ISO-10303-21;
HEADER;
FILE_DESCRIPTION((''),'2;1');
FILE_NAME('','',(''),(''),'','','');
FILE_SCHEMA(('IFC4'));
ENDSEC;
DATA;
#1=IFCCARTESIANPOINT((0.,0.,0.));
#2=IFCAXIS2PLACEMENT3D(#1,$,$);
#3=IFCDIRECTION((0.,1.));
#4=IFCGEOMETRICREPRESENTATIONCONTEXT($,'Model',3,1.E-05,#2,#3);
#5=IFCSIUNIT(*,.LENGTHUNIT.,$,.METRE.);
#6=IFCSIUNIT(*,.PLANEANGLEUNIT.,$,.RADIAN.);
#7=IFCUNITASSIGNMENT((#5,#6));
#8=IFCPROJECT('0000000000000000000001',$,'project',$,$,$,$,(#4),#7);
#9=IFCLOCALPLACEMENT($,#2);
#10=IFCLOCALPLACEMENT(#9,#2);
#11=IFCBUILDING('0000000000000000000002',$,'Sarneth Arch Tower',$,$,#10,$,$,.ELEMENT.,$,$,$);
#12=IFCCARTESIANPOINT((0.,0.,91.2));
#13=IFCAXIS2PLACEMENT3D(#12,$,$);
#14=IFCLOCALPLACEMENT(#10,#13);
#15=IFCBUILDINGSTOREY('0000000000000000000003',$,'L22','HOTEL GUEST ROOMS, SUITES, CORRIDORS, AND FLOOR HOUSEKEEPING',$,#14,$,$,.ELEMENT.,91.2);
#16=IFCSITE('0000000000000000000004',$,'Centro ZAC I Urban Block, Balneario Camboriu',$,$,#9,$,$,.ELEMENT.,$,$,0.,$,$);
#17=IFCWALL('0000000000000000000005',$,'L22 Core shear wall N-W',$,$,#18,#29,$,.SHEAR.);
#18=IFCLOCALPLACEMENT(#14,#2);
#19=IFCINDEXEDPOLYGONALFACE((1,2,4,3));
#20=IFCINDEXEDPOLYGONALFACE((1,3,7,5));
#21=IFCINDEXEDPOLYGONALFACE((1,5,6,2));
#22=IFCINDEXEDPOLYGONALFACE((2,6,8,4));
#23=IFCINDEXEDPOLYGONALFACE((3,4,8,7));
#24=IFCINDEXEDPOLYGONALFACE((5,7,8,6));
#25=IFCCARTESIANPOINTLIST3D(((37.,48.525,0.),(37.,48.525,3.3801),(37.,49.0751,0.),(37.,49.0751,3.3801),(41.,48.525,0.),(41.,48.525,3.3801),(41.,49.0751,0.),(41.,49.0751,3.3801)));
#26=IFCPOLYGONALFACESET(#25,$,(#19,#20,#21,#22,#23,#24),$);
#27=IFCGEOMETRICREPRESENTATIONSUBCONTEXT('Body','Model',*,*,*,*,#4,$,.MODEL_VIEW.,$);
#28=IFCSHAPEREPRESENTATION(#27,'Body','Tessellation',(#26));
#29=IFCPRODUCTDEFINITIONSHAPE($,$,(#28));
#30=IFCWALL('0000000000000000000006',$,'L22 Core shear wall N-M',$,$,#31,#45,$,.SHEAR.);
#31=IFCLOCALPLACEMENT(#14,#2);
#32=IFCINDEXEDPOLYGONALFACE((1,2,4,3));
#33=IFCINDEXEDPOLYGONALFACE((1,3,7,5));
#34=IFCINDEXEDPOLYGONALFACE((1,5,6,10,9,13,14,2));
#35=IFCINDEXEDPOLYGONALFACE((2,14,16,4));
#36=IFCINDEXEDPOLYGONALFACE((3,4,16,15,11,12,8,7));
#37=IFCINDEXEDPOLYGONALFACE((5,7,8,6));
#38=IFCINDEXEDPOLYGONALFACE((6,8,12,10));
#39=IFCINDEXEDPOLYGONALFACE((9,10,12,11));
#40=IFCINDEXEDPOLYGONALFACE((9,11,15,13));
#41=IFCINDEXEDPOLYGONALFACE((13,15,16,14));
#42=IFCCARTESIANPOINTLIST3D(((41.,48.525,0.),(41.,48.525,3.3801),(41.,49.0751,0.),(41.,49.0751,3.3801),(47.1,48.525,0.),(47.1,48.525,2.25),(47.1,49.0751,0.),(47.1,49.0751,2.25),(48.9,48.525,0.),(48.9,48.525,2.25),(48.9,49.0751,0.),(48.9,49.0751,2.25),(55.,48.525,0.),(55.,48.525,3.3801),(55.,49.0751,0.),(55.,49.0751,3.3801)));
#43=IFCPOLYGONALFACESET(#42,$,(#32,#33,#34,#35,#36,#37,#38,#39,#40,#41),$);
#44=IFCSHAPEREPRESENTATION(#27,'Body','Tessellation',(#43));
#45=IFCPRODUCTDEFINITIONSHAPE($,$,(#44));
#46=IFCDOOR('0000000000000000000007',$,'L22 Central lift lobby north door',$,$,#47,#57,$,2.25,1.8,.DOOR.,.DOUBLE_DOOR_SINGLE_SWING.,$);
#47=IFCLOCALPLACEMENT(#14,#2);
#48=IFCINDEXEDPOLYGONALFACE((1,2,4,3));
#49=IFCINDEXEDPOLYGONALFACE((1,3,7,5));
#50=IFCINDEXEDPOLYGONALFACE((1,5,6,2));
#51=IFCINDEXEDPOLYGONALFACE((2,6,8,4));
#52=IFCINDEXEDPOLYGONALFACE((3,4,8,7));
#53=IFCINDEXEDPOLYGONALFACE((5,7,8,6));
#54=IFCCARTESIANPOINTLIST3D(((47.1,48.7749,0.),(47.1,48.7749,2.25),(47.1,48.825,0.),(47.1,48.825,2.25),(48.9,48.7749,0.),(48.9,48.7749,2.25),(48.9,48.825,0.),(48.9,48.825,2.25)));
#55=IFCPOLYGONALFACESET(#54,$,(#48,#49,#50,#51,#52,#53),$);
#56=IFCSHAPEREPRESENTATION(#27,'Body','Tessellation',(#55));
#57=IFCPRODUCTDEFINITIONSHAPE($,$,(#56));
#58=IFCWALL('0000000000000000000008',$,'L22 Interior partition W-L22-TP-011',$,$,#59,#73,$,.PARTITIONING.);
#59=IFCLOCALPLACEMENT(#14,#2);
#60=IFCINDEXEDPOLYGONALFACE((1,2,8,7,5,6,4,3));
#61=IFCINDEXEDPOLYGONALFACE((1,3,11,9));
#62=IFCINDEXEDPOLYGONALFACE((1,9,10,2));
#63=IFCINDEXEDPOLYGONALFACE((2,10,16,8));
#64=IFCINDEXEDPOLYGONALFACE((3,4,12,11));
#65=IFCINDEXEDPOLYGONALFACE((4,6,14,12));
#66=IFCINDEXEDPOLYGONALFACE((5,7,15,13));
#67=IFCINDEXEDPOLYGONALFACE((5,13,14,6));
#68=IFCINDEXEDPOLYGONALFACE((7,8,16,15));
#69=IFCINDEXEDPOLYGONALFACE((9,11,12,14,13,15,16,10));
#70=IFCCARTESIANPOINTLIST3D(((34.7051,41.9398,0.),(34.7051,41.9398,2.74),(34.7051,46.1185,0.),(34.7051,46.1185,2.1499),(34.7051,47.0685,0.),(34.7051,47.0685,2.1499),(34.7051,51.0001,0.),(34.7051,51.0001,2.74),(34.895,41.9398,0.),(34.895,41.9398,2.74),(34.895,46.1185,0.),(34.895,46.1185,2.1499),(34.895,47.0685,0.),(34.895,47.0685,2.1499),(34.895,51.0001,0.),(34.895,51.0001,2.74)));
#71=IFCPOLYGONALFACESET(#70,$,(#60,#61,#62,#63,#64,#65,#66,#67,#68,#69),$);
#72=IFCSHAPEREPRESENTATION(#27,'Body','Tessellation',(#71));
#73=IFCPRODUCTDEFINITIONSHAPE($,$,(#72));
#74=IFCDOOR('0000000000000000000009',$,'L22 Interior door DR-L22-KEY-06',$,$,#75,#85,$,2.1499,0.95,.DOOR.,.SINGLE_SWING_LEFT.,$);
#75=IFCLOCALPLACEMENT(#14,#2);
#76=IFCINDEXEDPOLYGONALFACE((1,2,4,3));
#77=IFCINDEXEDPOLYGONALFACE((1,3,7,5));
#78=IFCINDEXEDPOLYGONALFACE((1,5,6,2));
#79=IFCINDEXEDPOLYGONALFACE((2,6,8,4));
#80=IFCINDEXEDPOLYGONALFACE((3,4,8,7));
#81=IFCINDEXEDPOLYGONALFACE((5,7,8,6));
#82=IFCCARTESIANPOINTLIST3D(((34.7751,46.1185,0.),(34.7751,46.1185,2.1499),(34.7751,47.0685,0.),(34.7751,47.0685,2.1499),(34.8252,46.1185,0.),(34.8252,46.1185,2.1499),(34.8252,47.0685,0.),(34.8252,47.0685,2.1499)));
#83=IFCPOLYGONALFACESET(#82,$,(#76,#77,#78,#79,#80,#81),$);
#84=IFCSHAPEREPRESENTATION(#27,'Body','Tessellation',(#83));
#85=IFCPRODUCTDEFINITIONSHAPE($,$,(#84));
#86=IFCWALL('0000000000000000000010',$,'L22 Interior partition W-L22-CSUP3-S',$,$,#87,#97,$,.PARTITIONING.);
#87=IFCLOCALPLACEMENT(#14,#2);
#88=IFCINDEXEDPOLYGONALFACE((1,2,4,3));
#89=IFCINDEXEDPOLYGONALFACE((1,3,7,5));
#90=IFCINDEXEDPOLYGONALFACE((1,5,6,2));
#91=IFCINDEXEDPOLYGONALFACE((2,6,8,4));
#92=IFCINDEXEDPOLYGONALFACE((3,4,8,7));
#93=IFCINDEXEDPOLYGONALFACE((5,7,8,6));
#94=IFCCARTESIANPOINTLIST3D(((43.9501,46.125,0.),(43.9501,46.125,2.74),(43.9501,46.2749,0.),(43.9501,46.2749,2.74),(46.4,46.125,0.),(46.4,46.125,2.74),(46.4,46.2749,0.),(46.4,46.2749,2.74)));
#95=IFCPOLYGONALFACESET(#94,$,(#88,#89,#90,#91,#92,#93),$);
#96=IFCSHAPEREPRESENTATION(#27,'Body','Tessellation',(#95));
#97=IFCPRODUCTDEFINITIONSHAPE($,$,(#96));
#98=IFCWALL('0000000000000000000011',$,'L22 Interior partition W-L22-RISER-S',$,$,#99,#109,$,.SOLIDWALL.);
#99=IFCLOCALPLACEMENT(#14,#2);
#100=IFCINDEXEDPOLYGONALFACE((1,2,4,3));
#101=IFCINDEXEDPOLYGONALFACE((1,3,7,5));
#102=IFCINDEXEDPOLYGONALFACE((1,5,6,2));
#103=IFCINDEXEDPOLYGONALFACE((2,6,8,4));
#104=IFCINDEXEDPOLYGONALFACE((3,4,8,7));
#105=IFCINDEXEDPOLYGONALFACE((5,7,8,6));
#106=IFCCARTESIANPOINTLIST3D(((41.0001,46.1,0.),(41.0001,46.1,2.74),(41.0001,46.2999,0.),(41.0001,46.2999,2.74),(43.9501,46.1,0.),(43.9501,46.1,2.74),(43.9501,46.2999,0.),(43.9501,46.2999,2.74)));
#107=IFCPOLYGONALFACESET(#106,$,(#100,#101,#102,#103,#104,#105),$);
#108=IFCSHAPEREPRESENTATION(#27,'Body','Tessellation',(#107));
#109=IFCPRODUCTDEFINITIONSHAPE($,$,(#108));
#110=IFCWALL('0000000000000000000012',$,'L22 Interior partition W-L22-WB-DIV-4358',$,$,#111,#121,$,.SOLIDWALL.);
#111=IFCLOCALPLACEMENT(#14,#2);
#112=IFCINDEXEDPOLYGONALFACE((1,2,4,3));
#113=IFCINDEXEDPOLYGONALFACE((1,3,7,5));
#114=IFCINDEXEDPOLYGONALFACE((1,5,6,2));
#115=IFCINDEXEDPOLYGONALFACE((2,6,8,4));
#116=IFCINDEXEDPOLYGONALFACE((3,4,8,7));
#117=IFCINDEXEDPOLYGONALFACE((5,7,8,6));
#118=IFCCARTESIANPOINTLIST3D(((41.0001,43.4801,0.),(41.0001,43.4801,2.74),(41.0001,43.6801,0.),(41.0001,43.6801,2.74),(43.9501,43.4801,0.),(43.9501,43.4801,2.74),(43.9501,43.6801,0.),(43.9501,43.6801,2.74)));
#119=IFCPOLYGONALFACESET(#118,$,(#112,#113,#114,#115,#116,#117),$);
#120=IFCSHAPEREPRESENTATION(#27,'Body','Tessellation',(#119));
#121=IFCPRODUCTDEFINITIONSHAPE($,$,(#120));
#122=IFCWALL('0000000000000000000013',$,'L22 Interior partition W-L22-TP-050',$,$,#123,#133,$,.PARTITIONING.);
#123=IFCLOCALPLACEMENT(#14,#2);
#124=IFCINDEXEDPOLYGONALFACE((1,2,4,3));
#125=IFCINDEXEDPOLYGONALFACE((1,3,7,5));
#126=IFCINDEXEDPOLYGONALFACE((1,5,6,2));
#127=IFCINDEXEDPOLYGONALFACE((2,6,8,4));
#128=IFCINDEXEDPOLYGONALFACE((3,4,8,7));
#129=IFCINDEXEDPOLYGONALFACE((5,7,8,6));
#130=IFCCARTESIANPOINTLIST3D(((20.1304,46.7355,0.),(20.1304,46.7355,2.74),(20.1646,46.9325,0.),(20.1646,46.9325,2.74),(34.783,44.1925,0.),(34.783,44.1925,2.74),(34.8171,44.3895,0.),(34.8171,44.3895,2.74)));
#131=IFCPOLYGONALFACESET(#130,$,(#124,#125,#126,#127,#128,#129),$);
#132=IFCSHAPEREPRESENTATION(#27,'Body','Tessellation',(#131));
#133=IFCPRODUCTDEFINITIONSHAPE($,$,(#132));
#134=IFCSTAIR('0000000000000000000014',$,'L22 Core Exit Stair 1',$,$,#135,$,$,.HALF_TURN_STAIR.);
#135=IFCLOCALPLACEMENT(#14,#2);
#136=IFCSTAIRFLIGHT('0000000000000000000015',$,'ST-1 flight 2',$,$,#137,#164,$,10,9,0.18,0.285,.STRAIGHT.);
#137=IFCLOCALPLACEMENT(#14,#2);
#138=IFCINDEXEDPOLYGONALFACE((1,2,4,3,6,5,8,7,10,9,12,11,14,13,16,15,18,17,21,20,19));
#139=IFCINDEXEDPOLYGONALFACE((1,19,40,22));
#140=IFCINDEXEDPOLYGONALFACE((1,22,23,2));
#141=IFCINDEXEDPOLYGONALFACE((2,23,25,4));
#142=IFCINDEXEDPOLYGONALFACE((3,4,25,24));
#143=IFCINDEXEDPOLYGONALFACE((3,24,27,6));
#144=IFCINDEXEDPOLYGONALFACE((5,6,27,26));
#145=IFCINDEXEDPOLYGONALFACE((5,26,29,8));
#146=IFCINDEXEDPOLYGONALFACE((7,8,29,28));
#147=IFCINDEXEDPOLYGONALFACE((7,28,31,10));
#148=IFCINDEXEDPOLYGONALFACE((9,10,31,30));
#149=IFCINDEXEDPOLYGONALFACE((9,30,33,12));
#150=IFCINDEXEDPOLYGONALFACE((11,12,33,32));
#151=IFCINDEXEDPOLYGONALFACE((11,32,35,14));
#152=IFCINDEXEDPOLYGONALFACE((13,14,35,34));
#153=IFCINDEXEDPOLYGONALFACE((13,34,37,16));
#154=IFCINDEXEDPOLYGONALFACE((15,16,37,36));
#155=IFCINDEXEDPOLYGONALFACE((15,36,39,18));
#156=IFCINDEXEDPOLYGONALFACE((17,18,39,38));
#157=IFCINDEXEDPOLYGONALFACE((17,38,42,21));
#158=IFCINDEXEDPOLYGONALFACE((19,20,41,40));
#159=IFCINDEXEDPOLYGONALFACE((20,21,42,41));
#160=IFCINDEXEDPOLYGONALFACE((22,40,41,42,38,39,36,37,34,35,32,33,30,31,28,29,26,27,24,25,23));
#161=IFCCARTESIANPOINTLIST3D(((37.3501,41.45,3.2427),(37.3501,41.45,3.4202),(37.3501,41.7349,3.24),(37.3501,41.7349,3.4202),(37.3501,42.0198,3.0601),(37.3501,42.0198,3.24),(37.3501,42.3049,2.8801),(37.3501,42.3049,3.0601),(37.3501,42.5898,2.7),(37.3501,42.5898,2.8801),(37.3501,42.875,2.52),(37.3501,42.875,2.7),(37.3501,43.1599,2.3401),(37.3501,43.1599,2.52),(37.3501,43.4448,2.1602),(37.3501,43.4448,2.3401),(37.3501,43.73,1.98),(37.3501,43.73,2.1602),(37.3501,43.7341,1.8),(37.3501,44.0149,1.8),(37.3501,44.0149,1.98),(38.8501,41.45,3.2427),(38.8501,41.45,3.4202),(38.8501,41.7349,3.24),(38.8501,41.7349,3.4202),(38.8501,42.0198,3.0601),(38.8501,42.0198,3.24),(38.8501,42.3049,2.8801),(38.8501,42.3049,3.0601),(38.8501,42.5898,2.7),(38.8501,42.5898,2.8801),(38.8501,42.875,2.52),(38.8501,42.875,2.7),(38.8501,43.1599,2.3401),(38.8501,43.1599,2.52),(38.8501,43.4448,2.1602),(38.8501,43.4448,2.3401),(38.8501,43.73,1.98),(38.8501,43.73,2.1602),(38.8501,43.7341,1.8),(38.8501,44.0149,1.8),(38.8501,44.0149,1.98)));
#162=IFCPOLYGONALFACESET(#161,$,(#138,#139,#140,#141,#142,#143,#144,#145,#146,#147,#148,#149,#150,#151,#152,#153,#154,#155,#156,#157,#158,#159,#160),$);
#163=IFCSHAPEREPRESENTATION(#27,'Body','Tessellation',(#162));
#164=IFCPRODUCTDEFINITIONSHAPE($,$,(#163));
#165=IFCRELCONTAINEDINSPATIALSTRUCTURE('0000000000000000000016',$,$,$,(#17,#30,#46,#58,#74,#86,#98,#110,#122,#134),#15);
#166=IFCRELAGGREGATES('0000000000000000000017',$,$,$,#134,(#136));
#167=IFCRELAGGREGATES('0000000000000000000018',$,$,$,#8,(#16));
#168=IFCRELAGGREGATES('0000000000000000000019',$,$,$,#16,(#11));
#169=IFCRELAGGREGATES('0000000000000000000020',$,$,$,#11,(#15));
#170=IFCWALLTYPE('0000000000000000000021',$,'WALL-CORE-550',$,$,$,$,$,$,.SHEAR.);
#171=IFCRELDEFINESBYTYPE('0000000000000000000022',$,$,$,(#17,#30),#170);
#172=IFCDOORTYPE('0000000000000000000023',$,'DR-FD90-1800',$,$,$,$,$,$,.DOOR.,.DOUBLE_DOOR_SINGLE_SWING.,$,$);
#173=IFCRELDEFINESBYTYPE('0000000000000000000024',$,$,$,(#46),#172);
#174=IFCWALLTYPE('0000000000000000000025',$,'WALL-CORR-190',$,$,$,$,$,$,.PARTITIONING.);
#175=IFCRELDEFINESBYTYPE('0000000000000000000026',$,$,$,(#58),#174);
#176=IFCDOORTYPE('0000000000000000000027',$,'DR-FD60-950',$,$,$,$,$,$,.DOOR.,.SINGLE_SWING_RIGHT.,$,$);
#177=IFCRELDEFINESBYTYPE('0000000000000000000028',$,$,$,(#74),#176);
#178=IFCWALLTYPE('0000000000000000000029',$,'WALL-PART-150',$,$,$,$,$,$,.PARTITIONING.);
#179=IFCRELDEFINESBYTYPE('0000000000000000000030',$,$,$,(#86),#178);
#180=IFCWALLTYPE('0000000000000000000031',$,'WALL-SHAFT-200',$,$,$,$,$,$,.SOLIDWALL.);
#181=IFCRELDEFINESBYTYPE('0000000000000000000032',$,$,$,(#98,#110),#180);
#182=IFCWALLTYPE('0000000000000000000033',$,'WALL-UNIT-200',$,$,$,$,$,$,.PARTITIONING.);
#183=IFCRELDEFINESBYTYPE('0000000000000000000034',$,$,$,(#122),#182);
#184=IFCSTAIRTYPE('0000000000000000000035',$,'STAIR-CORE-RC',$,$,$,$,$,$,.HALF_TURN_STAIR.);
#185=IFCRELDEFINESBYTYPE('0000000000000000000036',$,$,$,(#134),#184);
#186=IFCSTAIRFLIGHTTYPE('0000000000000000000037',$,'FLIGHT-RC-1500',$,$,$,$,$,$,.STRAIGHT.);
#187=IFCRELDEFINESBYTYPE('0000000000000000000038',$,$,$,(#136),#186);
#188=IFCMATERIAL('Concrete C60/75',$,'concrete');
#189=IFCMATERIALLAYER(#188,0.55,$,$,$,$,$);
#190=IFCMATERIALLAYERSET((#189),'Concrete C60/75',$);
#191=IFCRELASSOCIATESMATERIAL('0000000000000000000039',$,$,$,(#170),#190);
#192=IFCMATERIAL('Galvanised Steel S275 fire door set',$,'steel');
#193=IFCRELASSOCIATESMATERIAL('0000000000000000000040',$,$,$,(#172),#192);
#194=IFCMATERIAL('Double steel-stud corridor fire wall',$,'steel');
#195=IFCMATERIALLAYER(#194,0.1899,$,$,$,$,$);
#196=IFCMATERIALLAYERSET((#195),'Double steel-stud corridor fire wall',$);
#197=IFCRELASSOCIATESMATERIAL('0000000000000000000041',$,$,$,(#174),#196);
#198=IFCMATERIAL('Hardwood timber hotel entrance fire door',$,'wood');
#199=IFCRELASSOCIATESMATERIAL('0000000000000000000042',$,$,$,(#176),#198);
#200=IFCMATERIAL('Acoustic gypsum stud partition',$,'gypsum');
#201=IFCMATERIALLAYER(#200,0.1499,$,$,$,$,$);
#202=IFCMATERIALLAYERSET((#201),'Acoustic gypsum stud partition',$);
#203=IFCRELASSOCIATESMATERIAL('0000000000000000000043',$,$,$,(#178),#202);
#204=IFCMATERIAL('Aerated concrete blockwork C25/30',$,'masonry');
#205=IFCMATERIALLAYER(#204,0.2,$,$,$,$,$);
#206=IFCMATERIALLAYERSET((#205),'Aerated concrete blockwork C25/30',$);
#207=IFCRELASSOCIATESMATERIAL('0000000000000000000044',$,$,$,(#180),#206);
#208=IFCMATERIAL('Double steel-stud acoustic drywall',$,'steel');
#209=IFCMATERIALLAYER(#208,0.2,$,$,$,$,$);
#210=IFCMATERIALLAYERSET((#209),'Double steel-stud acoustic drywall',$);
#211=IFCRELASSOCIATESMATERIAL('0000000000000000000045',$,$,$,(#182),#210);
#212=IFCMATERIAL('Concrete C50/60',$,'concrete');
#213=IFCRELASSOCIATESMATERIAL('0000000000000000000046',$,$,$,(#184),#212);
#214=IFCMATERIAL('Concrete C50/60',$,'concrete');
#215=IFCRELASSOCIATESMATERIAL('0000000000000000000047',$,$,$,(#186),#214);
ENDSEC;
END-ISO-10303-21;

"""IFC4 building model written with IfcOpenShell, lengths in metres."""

from ifc_helpers import new_model, si_unit, direction, frame, frame_2d, origin, place, context, subcontext, project, spatial, polyline, rectangle, outline, extrude, material, layer, layer_set, type_object, element, fill, aggregate, save


model = new_model("IFC4")

# Units and contexts
model_context = context("Model", 3, precision=1e-05, world=origin(), true_north=direction((0.0, 1.0)))
body_context = subcontext(model_context, "Body", "Model", "MODEL_VIEW")
ifc_project = project(units=[si_unit("LENGTHUNIT", "METRE"), si_unit("PLANEANGLEUNIT", "RADIAN")], contexts=[model_context])

# Site, building, storey
site_placement = place(None, origin())
site = spatial("IfcSite", under=ifc_project, at=site_placement, Name="Centro ZAC I Urban Block, Balneario Camboriu", CompositionType="ELEMENT", RefElevation=0.0)
building_placement = place(site_placement, origin())
building = spatial("IfcBuilding", under=site, at=building_placement, Name="Sarneth Arch Tower", CompositionType="ELEMENT")
storey_placement = place(building_placement, frame((0.0, 0.0, 91.2)))
storey = spatial("IfcBuildingStorey", under=building, at=storey_placement, Name="L22", Description="HOTEL GUEST ROOMS, SUITES, CORRIDORS, AND FLOOR HOUSEKEEPING", CompositionType="ELEMENT", Elevation=91.2)

# Wall
ifc_material_1 = material(Name="Concrete C60/75", Category="concrete")
ifc_layer_1 = layer(ifc_material_1, 0.55)
ifc_layer_set_1 = layer_set([ifc_layer_1], Name="Concrete C60/75")
wall_type_1 = type_object("IfcWallType", Name="WALL-CORE-550", PredefinedType="SHEAR", material=ifc_layer_set_1)
wall_1_placement = place(storey_placement, frame((37.0, 48.8, 0.0), z_axis=(0.0, 0.0, 1.0), x_axis=(1.0, 0.0, 0.0)))
element("IfcWall", 1, at=wall_1_placement, inside=storey, type_object=wall_type_1, Name="L22 Core shear wall N-W", PredefinedType="SHEAR", context=body_context, shape_type="SweptSolid", body=[
    extrude(rectangle(XDim=4.0, YDim=0.55, at=frame_2d((2.0, 0.0))), origin(), (0.0, 0.0, 1.0), 3.3801),
])

# Walls, openings, doors
wall_2_placement = place(storey_placement, frame((41.0, 48.8, 0.0), z_axis=(0.0, 0.0, 1.0), x_axis=(1.0, 0.0, 0.0)))
wall_2 = element("IfcWall", 2, at=wall_2_placement, inside=storey, type_object=wall_type_1, Name="L22 Core shear wall N-M", PredefinedType="SHEAR", context=body_context, shape_type="SweptSolid", body=[
    extrude(rectangle(XDim=14.0, YDim=0.55, at=frame_2d((7.0, 0.0))), origin(), (0.0, 0.0, 1.0), 3.3801),
])
opening_1_placement = place(wall_2_placement, frame((6.1001, 0.0, 0.0)))
opening_1 = element("IfcOpeningElement", 3, at=opening_1_placement, cuts=wall_2, PredefinedType="OPENING", context=body_context, shape_type="SweptSolid", body=[
    extrude(rectangle(XDim=1.8, YDim=2.25, at=frame_2d((0.8999, 1.125))), frame((0.0, 0.2849, 0.0), z_axis=(0.0, -1.0, 0.0), x_axis=(1.0, 0.0, 0.0)), (0.0, 0.0, 1.0), 0.5701),
])
ifc_material_2 = material(Name="Galvanised Steel S275 fire door set", Category="steel")
door_type_1 = type_object("IfcDoorType", Name="DR-FD90-1800", OperationType="DOUBLE_DOOR_SINGLE_SWING", PredefinedType="DOOR", material=ifc_material_2)
door_1_placement = place(opening_1_placement, origin())
door_1 = element("IfcDoor", 4, at=door_1_placement, inside=storey, type_object=door_type_1, Name="L22 Central lift lobby north door", OperationType="DOUBLE_DOOR_SINGLE_SWING", OverallHeight=2.25, OverallWidth=1.8, PredefinedType="DOOR", context=body_context, shape_type="SweptSolid", body=[
    extrude(rectangle(XDim=1.8, YDim=2.25, at=frame_2d((0.8999, 1.125))), frame((0.0, 0.0249, 0.0), z_axis=(0.0, -1.0, 0.0), x_axis=(1.0, 0.0, 0.0)), (0.0, 0.0, 1.0), 0.05),
])
fill(opening_1, door_1)
ifc_material_3 = material(Name="Double steel-stud corridor fire wall", Category="steel")
ifc_layer_2 = layer(ifc_material_3, 0.1899)
ifc_layer_set_2 = layer_set([ifc_layer_2], Name="Double steel-stud corridor fire wall")
wall_type_2 = type_object("IfcWallType", Name="WALL-CORR-190", PredefinedType="PARTITIONING", material=ifc_layer_set_2)
wall_3_placement = place(storey_placement, frame((34.8, 41.9397, 0.0), z_axis=(0.0, 0.0, 1.0), x_axis=(0.0, 1.0, 0.0)))
wall_3 = element("IfcWall", 5, at=wall_3_placement, inside=storey, type_object=wall_type_2, Name="L22 Interior partition W-L22-TP-011", PredefinedType="PARTITIONING", context=body_context, shape_type="SweptSolid", body=[
    extrude(rectangle(XDim=9.0603, YDim=0.1899, at=frame_2d((4.5303, 0.0))), origin(), (0.0, 0.0, 1.0), 2.74),
])
opening_2_placement = place(wall_3_placement, frame((4.1787, 0.0, 0.0)))
opening_2 = element("IfcOpeningElement", 6, at=opening_2_placement, cuts=wall_3, PredefinedType="OPENING", context=body_context, shape_type="SweptSolid", body=[
    extrude(rectangle(XDim=0.95, YDim=2.1499, at=frame_2d((0.4751, 1.075))), frame((0.0, 0.105, 0.0), z_axis=(0.0, -1.0, 0.0), x_axis=(1.0, 0.0, 0.0)), (0.0, 0.0, 1.0), 0.21),
])
ifc_material_4 = material(Name="Hardwood timber hotel entrance fire door", Category="wood")
door_type_2 = type_object("IfcDoorType", Name="DR-FD60-950", OperationType="SINGLE_SWING_RIGHT", PredefinedType="DOOR", material=ifc_material_4)
door_2_placement = place(opening_2_placement, origin())
door_2 = element("IfcDoor", 7, at=door_2_placement, inside=storey, type_object=door_type_2, Name="L22 Interior door DR-L22-KEY-06", OperationType="SINGLE_SWING_LEFT", OverallHeight=2.1499, OverallWidth=0.95, PredefinedType="DOOR", context=body_context, shape_type="SweptSolid", body=[
    extrude(rectangle(XDim=0.95, YDim=2.1499, at=frame_2d((0.4751, 1.075))), frame((0.0, 0.0249, 0.0), z_axis=(0.0, -1.0, 0.0), x_axis=(1.0, 0.0, 0.0)), (0.0, 0.0, 1.0), 0.05),
])
fill(opening_2, door_2)

# Wall
ifc_material_5 = material(Name="Acoustic gypsum stud partition", Category="gypsum")
ifc_layer_3 = layer(ifc_material_5, 0.1499)
ifc_layer_set_3 = layer_set([ifc_layer_3], Name="Acoustic gypsum stud partition")
wall_type_3 = type_object("IfcWallType", Name="WALL-PART-150", PredefinedType="PARTITIONING", material=ifc_layer_set_3)
wall_4_placement = place(storey_placement, frame((43.95, 46.2, 0.0), z_axis=(0.0, 0.0, 1.0), x_axis=(1.0, 0.0, 0.0)))
element("IfcWall", 8, at=wall_4_placement, inside=storey, type_object=wall_type_3, Name="L22 Interior partition W-L22-CSUP3-S", PredefinedType="PARTITIONING", context=body_context, shape_type="SweptSolid", body=[
    extrude(rectangle(XDim=2.45, YDim=0.1499, at=frame_2d((1.2251, 0.0))), origin(), (0.0, 0.0, 1.0), 2.74),
])

# Wall
ifc_material_6 = material(Name="Aerated concrete blockwork C25/30", Category="masonry")
ifc_layer_4 = layer(ifc_material_6, 0.2)
ifc_layer_set_4 = layer_set([ifc_layer_4], Name="Aerated concrete blockwork C25/30")
wall_type_4 = type_object("IfcWallType", Name="WALL-SHAFT-200", PredefinedType="SOLIDWALL", material=ifc_layer_set_4)
wall_5_placement = place(storey_placement, frame((41.0, 46.2, 0.0), z_axis=(0.0, 0.0, 1.0), x_axis=(1.0, 0.0, 0.0)))
element("IfcWall", 9, at=wall_5_placement, inside=storey, type_object=wall_type_4, Name="L22 Interior partition W-L22-RISER-S", PredefinedType="SOLIDWALL", context=body_context, shape_type="SweptSolid", body=[
    extrude(rectangle(XDim=2.95, YDim=0.2, at=frame_2d((1.4751, 0.0))), origin(), (0.0, 0.0, 1.0), 2.74),
])

# Walls
wall_6_placement = place(storey_placement, frame((41.0, 43.5801, 0.0), z_axis=(0.0, 0.0, 1.0), x_axis=(1.0, 0.0, 0.0)))
element("IfcWall", 10, at=wall_6_placement, inside=storey, type_object=wall_type_4, Name="L22 Interior partition W-L22-WB-DIV-4358", PredefinedType="SOLIDWALL", context=body_context, shape_type="SweptSolid", body=[
    extrude(rectangle(XDim=2.95, YDim=0.2, at=frame_2d((1.4751, 0.0))), origin(), (0.0, 0.0, 1.0), 2.74),
])
ifc_material_7 = material(Name="Double steel-stud acoustic drywall", Category="steel")
ifc_layer_5 = layer(ifc_material_7, 0.2)
ifc_layer_set_5 = layer_set([ifc_layer_5], Name="Double steel-stud acoustic drywall")
wall_type_5 = type_object("IfcWallType", Name="WALL-UNIT-200", PredefinedType="PARTITIONING", material=ifc_layer_set_5)
wall_7_placement = place(storey_placement, frame((34.8, 44.291, 0.0), z_axis=(0.0, 0.0, 1.0), x_axis=(-0.985272, 0.170995, 0.0)))
element("IfcWall", 11, at=wall_7_placement, inside=storey, type_object=wall_type_5, Name="L22 Interior partition W-L22-TP-050", PredefinedType="PARTITIONING", context=body_context, shape_type="SweptSolid", body=[
    extrude(rectangle(XDim=14.8716, YDim=0.2, at=frame_2d((7.4358, 0.0))), origin(), (0.0, 0.0, 1.0), 2.74),
])

# Stair, stair flight
ifc_material_8 = material(Name="Concrete C50/60", Category="concrete")
stair_type = type_object("IfcStairType", Name="STAIR-CORE-RC", PredefinedType="HALF_TURN_STAIR", material=ifc_material_8)
stair_placement = place(storey_placement, origin())
stair = element("IfcStair", 12, at=stair_placement, inside=storey, type_object=stair_type, Name="L22 Core Exit Stair 1", PredefinedType="HALF_TURN_STAIR")
ifc_material_9 = material(Name="Concrete C50/60", Category="concrete")
stair_flight_type = type_object("IfcStairFlightType", Name="FLIGHT-RC-1500", PredefinedType="STRAIGHT", material=ifc_material_9)
stair_flight_placement = place(storey_placement, frame((38.1001, 44.0149, 1.8), z_axis=(0.0, 0.0, 1.0), x_axis=(0.0, -1.0, 0.0)))
stair_flight = element("IfcStairFlight", 13, at=stair_flight_placement, type_object=stair_flight_type, Name="ST-1 flight 2", NumberOfRisers=10, NumberOfTreads=9, PredefinedType="STRAIGHT", RiserHeight=0.18, TreadLength=0.285, context=body_context, shape_type="SweptSolid", body=[
    extrude(outline(polyline([(0.0, 0.0), (0.0, 0.1799), (0.2849, 0.1799), (0.2849, 0.3601), (0.5701, 0.3601), (0.5701, 0.54), (0.855, 0.54), (0.855, 0.72), (1.1399, 0.72), (1.1399, 0.8999), (1.425, 0.8999), (1.425, 1.0801), (1.71, 1.0801), (1.71, 1.26), (1.9951, 1.26), (1.9951, 1.4399), (2.28, 1.4399), (2.28, 1.6201), (2.5649, 1.6201), (2.5649, 1.8), (2.5649, 1.4426), (0.2808, 0.0), (0.0, 0.0)])), frame((0.0, 0.75, 0.0), z_axis=(0.0, -1.0, 0.0), x_axis=(1.0, 0.0, 0.0)), (0.0, 0.0, 1.0), 1.5),
])
aggregate(stair, [stair_flight])

save(model, "model.ifc")
